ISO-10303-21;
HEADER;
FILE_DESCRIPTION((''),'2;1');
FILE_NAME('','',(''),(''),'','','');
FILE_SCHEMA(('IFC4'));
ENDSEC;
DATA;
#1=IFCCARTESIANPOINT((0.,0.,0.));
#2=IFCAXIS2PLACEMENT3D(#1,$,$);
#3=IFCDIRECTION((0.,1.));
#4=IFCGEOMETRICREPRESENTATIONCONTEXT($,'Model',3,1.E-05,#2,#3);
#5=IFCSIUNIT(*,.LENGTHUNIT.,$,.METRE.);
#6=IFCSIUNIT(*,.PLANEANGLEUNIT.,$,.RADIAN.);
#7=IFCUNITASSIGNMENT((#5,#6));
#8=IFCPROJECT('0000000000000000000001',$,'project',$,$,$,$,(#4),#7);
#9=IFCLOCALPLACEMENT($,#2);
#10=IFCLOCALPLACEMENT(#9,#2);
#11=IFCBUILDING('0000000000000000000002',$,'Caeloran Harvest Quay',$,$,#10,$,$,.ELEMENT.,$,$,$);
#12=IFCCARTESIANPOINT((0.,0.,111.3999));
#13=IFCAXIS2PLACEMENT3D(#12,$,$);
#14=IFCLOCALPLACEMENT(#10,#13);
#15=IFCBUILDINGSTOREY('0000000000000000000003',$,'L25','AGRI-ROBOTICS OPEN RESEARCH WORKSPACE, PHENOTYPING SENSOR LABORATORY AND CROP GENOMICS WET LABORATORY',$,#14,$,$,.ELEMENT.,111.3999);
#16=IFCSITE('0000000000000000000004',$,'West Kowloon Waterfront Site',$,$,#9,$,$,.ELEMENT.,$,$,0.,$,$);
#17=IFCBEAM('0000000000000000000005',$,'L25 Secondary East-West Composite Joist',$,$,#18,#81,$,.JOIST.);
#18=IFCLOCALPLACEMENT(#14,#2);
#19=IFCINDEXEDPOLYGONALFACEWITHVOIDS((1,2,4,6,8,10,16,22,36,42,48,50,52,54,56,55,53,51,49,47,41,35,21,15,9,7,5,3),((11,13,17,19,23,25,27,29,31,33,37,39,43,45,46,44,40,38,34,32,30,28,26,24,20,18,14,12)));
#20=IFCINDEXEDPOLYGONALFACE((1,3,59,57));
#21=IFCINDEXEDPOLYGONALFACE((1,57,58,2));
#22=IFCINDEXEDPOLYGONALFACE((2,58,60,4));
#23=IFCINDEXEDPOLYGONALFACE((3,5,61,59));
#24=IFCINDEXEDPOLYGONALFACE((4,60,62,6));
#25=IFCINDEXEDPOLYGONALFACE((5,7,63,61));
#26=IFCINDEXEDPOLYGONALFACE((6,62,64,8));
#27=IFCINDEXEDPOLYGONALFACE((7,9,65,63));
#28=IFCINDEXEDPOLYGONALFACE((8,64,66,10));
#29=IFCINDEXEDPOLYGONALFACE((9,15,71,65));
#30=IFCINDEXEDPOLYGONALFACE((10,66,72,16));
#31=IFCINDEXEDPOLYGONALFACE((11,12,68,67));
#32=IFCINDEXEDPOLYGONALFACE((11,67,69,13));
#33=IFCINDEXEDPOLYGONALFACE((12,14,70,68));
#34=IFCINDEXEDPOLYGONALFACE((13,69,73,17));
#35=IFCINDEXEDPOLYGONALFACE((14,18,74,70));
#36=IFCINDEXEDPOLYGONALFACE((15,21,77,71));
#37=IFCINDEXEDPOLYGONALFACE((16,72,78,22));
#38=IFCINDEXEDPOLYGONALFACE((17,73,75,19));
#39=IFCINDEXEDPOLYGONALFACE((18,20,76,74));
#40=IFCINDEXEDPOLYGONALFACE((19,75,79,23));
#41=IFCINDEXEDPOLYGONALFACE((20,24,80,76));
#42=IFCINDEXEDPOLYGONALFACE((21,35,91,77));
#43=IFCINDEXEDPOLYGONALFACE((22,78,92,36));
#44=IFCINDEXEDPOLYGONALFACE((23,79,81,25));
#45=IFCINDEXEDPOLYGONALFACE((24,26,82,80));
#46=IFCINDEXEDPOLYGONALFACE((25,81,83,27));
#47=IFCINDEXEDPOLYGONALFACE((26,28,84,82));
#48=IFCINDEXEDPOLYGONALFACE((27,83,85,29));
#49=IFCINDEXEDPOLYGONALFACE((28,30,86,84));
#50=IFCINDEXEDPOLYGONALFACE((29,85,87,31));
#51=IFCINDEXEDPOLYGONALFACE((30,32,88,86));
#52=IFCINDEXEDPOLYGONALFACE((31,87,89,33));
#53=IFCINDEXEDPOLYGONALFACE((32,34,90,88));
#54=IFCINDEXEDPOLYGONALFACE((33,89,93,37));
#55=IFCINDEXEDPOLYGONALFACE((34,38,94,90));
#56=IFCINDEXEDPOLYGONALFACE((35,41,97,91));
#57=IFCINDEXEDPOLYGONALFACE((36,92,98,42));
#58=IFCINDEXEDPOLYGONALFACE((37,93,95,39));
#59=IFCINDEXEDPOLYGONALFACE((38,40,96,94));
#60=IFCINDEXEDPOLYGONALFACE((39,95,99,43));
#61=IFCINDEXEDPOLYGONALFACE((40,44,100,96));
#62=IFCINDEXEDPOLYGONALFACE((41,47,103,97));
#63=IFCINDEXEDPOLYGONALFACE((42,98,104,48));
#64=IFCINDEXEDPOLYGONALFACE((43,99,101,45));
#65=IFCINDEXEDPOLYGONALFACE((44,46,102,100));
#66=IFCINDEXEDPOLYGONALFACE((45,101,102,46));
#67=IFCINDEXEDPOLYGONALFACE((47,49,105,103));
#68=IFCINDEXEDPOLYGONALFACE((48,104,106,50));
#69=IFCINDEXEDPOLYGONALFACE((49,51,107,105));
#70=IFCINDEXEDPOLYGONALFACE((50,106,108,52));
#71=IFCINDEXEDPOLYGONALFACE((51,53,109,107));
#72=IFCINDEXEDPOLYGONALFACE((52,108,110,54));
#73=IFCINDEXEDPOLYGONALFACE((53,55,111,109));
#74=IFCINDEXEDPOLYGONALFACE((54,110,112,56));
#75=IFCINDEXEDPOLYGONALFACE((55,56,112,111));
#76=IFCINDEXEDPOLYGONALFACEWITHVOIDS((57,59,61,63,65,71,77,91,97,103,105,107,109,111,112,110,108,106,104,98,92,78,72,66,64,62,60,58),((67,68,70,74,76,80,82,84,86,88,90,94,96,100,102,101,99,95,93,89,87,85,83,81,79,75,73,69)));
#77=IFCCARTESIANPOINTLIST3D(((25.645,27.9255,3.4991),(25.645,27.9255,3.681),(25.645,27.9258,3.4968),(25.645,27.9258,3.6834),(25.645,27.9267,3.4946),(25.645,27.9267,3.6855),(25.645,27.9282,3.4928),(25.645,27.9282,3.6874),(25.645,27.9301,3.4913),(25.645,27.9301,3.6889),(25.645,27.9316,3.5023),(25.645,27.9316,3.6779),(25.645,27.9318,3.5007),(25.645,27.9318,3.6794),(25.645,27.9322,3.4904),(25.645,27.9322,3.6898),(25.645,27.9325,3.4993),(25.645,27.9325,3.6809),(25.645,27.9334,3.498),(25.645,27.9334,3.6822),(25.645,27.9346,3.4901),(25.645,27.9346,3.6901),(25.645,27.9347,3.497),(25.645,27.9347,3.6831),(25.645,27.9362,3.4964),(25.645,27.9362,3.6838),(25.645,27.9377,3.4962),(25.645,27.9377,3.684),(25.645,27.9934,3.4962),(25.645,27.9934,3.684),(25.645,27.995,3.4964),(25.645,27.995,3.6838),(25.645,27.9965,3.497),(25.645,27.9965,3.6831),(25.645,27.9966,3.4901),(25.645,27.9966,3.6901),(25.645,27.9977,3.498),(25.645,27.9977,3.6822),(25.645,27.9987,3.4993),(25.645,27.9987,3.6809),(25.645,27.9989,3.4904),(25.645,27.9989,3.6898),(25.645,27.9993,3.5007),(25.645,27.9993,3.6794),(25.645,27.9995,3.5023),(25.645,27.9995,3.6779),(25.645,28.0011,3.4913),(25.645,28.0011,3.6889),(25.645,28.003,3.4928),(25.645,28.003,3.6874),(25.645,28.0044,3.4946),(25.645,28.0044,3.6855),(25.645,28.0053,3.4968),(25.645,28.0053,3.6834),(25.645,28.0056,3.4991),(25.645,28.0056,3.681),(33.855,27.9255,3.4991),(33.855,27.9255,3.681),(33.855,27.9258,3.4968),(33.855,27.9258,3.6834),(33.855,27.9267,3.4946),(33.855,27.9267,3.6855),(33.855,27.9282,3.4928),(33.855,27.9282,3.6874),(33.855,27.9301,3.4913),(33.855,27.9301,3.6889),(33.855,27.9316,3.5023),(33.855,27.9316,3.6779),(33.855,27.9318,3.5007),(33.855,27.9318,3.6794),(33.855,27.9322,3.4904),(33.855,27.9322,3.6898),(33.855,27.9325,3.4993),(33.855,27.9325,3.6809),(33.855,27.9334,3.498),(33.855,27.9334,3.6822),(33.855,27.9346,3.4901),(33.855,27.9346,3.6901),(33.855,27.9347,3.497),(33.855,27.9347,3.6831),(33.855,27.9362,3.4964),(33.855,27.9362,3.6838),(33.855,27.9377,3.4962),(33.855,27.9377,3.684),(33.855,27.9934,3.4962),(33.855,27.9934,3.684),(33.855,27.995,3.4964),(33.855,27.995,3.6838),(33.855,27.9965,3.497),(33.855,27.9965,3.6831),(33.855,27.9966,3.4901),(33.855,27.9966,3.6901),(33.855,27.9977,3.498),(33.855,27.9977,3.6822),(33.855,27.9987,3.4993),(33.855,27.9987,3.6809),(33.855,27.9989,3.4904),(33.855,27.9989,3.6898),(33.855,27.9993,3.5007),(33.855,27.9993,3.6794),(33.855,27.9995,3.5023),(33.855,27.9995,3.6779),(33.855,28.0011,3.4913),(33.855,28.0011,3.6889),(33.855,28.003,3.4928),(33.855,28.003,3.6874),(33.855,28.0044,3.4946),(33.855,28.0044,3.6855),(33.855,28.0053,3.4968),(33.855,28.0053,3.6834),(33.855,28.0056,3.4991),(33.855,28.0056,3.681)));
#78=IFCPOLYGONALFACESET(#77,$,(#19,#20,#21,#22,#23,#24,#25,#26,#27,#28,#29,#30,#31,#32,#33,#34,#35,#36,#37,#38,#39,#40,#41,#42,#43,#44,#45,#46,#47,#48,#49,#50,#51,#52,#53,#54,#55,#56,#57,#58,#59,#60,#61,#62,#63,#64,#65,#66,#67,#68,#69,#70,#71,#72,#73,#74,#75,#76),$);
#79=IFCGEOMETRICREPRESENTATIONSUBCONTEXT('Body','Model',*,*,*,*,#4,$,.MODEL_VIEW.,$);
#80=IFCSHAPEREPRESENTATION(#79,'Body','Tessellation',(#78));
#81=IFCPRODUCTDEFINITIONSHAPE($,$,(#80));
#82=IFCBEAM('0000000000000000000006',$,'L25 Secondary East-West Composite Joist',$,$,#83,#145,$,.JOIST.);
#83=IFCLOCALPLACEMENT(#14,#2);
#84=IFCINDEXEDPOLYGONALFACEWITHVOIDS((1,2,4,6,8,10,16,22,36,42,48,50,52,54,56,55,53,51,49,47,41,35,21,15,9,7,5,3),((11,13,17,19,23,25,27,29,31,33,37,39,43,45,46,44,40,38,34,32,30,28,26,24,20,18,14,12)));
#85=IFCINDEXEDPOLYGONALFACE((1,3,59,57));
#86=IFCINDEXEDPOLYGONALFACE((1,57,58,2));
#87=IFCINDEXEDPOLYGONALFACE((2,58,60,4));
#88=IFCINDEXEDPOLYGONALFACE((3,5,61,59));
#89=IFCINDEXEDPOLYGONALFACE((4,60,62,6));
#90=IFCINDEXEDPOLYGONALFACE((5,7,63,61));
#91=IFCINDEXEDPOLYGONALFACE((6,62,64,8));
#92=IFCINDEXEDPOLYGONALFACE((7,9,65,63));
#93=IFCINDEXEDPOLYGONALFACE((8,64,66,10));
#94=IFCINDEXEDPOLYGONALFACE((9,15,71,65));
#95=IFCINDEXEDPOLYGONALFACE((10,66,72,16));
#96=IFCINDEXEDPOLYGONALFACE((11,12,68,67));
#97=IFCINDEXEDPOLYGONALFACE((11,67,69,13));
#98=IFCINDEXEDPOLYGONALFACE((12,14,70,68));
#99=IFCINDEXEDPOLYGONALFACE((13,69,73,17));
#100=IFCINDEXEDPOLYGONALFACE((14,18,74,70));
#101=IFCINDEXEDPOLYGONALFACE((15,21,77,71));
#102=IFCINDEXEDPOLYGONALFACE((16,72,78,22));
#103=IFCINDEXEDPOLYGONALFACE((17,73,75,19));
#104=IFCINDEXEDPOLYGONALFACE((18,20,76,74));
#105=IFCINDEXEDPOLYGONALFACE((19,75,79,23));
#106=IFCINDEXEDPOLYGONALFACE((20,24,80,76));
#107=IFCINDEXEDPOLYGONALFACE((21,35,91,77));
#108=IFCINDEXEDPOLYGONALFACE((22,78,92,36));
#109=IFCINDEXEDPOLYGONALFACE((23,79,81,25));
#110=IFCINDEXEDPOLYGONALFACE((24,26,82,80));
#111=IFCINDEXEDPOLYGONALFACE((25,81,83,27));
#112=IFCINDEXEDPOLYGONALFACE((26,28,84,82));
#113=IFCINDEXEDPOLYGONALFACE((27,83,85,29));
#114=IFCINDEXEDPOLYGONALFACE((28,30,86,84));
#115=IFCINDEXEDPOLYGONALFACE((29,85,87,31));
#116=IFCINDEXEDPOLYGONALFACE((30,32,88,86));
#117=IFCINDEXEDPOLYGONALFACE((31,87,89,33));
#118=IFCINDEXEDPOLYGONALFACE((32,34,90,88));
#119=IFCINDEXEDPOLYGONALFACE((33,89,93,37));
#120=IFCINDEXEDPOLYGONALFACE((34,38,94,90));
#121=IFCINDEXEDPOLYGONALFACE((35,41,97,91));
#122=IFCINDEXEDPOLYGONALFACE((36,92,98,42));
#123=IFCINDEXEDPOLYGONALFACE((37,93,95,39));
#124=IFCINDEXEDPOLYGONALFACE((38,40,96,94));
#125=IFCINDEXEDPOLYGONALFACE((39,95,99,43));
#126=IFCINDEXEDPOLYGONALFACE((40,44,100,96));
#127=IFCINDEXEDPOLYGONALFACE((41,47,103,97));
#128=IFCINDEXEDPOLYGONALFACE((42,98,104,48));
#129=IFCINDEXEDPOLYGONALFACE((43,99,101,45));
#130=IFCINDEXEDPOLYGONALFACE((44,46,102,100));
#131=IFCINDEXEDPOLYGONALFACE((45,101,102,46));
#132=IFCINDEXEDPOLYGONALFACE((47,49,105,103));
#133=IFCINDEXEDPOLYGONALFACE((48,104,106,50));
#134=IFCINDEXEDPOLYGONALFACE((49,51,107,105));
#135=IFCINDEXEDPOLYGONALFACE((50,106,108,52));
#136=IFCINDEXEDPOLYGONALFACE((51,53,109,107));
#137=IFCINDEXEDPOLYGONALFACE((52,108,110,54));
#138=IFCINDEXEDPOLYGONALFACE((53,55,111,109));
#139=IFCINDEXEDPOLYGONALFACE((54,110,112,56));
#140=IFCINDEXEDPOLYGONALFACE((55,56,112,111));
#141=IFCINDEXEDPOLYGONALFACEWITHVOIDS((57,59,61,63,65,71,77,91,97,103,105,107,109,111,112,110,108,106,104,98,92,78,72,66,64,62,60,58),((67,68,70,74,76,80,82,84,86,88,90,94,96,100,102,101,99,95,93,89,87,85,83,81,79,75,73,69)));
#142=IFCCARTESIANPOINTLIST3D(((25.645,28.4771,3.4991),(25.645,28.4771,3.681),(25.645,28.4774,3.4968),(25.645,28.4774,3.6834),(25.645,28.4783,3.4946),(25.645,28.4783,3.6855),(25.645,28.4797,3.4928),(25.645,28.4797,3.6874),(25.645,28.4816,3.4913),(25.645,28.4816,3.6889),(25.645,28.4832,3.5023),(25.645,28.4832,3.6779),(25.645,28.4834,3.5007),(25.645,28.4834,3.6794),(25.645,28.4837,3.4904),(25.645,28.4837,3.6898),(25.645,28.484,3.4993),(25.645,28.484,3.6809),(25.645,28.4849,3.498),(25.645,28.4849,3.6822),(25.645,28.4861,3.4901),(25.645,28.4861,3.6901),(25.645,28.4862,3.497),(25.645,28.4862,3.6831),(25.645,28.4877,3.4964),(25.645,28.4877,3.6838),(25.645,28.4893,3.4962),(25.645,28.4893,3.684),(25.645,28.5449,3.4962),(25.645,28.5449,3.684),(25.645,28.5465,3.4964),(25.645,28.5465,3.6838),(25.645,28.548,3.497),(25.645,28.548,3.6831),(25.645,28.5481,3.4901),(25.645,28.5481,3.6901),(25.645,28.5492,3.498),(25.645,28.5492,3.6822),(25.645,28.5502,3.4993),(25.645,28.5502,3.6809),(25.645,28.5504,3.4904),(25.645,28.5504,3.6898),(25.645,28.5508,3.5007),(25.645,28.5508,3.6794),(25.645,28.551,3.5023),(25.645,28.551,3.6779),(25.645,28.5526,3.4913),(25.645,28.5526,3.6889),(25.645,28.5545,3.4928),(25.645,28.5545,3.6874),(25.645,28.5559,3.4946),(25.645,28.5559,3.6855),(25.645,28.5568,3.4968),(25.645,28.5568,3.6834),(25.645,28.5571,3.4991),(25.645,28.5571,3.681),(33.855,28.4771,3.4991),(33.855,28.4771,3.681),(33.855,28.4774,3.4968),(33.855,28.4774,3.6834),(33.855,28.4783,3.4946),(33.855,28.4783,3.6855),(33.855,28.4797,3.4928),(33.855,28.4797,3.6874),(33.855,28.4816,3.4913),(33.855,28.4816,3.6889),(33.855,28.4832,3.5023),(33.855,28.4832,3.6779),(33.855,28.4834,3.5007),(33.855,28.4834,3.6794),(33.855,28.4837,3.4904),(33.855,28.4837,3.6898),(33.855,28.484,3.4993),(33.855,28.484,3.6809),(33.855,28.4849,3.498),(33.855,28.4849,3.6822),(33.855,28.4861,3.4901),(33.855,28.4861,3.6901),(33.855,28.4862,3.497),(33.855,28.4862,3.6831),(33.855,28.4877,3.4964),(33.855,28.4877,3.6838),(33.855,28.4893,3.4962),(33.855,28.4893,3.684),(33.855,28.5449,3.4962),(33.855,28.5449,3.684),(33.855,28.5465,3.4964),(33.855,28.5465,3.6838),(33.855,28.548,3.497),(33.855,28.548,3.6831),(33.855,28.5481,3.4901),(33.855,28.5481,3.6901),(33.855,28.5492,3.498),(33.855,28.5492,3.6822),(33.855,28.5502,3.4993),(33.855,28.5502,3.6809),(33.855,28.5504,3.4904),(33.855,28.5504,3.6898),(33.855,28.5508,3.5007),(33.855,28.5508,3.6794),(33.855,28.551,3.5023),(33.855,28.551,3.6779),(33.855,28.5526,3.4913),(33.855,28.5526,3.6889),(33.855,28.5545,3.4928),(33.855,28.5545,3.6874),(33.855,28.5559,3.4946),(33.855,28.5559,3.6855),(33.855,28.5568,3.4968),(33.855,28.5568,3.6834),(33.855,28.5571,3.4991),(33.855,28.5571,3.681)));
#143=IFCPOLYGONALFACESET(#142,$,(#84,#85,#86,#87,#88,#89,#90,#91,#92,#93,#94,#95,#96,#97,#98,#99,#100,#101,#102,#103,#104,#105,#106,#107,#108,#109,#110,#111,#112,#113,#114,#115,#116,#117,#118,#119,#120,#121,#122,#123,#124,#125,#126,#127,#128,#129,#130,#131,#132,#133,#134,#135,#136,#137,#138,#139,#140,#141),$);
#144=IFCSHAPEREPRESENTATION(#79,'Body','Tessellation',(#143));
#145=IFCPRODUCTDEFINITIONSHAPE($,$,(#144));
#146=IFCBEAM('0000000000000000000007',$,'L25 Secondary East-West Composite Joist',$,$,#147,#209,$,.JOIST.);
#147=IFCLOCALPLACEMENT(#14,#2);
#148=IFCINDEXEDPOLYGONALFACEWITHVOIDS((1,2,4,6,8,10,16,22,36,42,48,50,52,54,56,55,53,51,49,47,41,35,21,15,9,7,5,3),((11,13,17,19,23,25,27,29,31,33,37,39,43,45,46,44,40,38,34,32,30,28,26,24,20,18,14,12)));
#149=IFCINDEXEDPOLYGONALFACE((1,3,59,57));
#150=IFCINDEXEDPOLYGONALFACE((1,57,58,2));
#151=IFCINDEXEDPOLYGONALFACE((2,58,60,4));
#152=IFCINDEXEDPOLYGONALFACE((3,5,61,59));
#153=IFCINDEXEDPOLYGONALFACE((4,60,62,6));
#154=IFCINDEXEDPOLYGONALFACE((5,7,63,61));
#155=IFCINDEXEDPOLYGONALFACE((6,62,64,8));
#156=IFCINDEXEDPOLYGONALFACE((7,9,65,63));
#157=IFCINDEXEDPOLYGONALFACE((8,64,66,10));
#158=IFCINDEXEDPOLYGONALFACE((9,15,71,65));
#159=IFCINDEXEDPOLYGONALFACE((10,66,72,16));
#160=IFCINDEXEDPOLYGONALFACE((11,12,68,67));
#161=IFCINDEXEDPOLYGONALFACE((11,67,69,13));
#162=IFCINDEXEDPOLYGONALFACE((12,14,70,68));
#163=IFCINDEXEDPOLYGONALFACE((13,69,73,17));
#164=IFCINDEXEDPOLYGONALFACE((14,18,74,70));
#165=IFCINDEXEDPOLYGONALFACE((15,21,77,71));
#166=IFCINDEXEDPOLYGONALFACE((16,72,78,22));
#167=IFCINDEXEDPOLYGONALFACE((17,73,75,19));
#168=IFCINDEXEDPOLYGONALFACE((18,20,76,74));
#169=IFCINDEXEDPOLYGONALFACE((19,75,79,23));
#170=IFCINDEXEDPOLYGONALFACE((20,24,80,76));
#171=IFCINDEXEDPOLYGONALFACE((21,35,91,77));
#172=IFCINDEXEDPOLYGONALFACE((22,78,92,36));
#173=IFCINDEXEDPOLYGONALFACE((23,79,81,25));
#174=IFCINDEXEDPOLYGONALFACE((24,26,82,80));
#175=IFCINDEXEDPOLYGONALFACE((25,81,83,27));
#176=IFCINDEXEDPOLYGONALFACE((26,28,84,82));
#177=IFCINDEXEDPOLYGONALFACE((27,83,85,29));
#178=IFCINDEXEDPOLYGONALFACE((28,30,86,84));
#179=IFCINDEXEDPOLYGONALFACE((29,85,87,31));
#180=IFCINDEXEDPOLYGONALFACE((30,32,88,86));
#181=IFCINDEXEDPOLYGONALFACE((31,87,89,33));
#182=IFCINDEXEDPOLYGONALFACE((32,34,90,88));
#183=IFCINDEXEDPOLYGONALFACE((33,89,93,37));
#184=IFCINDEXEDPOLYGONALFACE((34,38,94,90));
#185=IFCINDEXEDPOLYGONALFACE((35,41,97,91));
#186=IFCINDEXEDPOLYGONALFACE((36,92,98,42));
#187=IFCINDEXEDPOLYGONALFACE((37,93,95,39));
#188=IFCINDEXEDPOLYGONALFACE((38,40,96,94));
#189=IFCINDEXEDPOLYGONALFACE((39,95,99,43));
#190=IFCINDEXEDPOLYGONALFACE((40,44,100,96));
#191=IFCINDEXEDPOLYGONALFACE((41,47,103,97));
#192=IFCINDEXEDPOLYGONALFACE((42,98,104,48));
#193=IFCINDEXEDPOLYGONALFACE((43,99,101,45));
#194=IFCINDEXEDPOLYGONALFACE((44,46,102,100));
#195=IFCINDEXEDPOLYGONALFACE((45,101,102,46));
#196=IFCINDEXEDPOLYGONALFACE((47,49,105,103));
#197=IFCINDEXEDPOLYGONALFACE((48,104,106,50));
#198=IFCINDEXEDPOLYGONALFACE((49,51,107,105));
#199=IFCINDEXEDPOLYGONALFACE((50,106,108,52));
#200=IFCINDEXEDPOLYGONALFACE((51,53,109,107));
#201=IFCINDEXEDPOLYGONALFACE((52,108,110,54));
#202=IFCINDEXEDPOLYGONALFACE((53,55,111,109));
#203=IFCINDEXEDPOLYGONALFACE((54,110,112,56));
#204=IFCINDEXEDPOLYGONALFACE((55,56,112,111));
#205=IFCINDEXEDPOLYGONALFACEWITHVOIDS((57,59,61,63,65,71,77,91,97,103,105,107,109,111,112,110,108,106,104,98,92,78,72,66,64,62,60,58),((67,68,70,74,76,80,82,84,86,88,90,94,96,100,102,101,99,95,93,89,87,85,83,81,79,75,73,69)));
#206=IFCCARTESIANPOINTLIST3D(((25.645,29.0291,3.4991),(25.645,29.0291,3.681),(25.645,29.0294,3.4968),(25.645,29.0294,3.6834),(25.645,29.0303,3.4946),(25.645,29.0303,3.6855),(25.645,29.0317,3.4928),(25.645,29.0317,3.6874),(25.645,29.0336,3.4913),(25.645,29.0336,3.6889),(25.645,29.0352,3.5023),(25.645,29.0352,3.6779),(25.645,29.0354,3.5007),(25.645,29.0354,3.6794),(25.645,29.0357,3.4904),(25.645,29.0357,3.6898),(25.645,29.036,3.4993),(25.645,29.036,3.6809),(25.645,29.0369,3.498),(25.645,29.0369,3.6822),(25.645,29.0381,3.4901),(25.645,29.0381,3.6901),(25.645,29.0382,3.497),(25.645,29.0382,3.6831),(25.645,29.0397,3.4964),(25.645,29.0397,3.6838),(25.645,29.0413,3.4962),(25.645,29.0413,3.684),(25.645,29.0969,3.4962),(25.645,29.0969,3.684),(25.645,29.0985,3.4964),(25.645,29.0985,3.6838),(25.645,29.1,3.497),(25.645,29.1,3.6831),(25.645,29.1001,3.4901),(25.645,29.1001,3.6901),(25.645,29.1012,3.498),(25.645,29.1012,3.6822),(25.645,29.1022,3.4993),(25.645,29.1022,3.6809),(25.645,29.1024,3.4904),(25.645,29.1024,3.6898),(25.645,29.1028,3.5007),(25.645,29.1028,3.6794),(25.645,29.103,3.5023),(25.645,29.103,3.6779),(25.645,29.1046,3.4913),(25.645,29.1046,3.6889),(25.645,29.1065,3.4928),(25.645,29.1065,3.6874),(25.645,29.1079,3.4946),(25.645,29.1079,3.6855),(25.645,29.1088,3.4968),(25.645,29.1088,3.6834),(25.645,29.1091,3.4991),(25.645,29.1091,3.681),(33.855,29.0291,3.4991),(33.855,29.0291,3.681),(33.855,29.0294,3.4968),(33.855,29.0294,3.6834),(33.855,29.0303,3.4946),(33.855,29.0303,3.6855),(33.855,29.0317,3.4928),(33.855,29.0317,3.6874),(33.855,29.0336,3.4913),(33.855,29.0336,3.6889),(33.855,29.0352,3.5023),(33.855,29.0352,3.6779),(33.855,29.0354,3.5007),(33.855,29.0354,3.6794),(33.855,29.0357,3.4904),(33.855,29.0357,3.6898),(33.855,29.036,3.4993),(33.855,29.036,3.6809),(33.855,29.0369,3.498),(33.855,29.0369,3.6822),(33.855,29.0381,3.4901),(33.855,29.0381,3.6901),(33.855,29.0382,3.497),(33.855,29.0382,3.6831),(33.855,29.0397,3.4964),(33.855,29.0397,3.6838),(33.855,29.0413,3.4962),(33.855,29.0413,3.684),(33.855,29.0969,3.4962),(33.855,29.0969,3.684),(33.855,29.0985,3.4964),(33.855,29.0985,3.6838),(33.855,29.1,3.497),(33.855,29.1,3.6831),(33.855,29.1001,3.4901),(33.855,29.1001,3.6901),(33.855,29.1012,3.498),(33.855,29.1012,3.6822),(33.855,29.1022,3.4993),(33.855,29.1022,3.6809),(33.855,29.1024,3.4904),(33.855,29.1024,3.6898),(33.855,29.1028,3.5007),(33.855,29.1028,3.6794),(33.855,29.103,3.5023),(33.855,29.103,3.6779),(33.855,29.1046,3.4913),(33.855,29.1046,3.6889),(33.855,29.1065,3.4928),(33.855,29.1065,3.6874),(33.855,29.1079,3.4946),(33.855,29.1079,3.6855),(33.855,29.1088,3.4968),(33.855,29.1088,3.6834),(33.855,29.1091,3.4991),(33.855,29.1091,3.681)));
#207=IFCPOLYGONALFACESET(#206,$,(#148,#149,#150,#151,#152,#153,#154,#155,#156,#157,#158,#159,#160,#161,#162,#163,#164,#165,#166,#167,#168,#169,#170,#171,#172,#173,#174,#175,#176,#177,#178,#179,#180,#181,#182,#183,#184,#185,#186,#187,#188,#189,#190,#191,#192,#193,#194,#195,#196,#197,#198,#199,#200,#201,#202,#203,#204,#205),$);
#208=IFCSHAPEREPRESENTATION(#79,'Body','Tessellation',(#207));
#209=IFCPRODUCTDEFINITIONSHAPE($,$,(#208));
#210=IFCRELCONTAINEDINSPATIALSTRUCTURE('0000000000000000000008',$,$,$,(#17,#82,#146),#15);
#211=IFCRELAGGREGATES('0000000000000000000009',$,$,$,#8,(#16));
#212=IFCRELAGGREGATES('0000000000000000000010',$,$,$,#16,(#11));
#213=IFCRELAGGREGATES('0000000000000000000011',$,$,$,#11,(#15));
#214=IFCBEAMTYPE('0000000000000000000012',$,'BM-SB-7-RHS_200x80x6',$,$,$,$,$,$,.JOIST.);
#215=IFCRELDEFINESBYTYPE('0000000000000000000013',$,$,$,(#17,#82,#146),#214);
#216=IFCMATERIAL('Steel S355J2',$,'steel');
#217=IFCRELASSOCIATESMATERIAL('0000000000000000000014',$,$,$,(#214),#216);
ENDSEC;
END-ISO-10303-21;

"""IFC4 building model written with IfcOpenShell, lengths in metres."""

from ifc_helpers import new_model, si_unit, direction, frame, origin, origin_2d, place, context, subcontext, project, spatial, hollow_rectangle, extrude, material, material_profile, profile_set, type_object, element, save


model = new_model("IFC4")

# Units and contexts
model_context = context("Model", 3, precision=1e-05, world=origin(), true_north=direction((0.0, 1.0)))
body_context = subcontext(model_context, "Body", "Model", "MODEL_VIEW")
ifc_project = project(units=[si_unit("LENGTHUNIT", "METRE"), si_unit("PLANEANGLEUNIT", "RADIAN")], contexts=[model_context])

# Site, building, storey
site_placement = place(None, origin())
site = spatial("IfcSite", under=ifc_project, at=site_placement, Name="West Kowloon Waterfront Site", CompositionType="ELEMENT", RefElevation=0.0)
building_placement = place(site_placement, origin())
building = spatial("IfcBuilding", under=site, at=building_placement, Name="Caeloran Harvest Quay", CompositionType="ELEMENT")
storey_placement = place(building_placement, frame((0.0, 0.0, 111.3999)))
storey = spatial("IfcBuildingStorey", under=building, at=storey_placement, Name="L25", Description="AGRI-ROBOTICS OPEN RESEARCH WORKSPACE, PHENOTYPING SENSOR LABORATORY AND CROP GENOMICS WET LABORATORY", CompositionType="ELEMENT", Elevation=111.3999)

# Beams
ifc_material_1 = material(Name="Steel S355J2", Category="steel")
ifc_material_profile_1 = material_profile(ifc_material_1, hollow_rectangle(XDim=0.0801, YDim=0.2, WallThickness=0.0061, InnerFilletRadius=0.0061, OuterFilletRadius=0.009, at=origin_2d()), Name="RHS 200x80x6")
ifc_profile_set_1 = profile_set([ifc_material_profile_1], Name="Steel S355J2")
beam_type_1 = type_object("IfcBeamType", Name="BM-SB-7-RHS_200x80x6", PredefinedType="JOIST", material=ifc_profile_set_1)
for number, where, z_axis, x_axis, name in (
    (1, (25.645, 27.9656, 3.5901), (1.0, 0.0, 0.0), (0.0, 1.0, 0.0), "L25 Secondary East-West Composite Joist"),
    (2, (25.645, 28.5171, 3.5901), (1.0, 0.0, 0.0), (0.0, 1.0, 0.0), "L25 Secondary East-West Composite Joist"),
    (3, (25.645, 29.0691, 3.5901), (1.0, 0.0, 0.0), (0.0, 1.0, 0.0), "L25 Secondary East-West Composite Joist"),
):
    element("IfcBeam", number, at=place(storey_placement, frame(where, z_axis=z_axis, x_axis=x_axis)), inside=storey, type_object=beam_type_1, Name=name, PredefinedType="JOIST", context=body_context, shape_type="SweptSolid", body=[
        extrude(hollow_rectangle(XDim=0.0801, YDim=0.2, WallThickness=0.0061, InnerFilletRadius=0.0061, OuterFilletRadius=0.009, at=origin_2d()), origin(), (0.0, 0.0, 1.0), 8.21),
    ])

save(model, "model.ifc")
